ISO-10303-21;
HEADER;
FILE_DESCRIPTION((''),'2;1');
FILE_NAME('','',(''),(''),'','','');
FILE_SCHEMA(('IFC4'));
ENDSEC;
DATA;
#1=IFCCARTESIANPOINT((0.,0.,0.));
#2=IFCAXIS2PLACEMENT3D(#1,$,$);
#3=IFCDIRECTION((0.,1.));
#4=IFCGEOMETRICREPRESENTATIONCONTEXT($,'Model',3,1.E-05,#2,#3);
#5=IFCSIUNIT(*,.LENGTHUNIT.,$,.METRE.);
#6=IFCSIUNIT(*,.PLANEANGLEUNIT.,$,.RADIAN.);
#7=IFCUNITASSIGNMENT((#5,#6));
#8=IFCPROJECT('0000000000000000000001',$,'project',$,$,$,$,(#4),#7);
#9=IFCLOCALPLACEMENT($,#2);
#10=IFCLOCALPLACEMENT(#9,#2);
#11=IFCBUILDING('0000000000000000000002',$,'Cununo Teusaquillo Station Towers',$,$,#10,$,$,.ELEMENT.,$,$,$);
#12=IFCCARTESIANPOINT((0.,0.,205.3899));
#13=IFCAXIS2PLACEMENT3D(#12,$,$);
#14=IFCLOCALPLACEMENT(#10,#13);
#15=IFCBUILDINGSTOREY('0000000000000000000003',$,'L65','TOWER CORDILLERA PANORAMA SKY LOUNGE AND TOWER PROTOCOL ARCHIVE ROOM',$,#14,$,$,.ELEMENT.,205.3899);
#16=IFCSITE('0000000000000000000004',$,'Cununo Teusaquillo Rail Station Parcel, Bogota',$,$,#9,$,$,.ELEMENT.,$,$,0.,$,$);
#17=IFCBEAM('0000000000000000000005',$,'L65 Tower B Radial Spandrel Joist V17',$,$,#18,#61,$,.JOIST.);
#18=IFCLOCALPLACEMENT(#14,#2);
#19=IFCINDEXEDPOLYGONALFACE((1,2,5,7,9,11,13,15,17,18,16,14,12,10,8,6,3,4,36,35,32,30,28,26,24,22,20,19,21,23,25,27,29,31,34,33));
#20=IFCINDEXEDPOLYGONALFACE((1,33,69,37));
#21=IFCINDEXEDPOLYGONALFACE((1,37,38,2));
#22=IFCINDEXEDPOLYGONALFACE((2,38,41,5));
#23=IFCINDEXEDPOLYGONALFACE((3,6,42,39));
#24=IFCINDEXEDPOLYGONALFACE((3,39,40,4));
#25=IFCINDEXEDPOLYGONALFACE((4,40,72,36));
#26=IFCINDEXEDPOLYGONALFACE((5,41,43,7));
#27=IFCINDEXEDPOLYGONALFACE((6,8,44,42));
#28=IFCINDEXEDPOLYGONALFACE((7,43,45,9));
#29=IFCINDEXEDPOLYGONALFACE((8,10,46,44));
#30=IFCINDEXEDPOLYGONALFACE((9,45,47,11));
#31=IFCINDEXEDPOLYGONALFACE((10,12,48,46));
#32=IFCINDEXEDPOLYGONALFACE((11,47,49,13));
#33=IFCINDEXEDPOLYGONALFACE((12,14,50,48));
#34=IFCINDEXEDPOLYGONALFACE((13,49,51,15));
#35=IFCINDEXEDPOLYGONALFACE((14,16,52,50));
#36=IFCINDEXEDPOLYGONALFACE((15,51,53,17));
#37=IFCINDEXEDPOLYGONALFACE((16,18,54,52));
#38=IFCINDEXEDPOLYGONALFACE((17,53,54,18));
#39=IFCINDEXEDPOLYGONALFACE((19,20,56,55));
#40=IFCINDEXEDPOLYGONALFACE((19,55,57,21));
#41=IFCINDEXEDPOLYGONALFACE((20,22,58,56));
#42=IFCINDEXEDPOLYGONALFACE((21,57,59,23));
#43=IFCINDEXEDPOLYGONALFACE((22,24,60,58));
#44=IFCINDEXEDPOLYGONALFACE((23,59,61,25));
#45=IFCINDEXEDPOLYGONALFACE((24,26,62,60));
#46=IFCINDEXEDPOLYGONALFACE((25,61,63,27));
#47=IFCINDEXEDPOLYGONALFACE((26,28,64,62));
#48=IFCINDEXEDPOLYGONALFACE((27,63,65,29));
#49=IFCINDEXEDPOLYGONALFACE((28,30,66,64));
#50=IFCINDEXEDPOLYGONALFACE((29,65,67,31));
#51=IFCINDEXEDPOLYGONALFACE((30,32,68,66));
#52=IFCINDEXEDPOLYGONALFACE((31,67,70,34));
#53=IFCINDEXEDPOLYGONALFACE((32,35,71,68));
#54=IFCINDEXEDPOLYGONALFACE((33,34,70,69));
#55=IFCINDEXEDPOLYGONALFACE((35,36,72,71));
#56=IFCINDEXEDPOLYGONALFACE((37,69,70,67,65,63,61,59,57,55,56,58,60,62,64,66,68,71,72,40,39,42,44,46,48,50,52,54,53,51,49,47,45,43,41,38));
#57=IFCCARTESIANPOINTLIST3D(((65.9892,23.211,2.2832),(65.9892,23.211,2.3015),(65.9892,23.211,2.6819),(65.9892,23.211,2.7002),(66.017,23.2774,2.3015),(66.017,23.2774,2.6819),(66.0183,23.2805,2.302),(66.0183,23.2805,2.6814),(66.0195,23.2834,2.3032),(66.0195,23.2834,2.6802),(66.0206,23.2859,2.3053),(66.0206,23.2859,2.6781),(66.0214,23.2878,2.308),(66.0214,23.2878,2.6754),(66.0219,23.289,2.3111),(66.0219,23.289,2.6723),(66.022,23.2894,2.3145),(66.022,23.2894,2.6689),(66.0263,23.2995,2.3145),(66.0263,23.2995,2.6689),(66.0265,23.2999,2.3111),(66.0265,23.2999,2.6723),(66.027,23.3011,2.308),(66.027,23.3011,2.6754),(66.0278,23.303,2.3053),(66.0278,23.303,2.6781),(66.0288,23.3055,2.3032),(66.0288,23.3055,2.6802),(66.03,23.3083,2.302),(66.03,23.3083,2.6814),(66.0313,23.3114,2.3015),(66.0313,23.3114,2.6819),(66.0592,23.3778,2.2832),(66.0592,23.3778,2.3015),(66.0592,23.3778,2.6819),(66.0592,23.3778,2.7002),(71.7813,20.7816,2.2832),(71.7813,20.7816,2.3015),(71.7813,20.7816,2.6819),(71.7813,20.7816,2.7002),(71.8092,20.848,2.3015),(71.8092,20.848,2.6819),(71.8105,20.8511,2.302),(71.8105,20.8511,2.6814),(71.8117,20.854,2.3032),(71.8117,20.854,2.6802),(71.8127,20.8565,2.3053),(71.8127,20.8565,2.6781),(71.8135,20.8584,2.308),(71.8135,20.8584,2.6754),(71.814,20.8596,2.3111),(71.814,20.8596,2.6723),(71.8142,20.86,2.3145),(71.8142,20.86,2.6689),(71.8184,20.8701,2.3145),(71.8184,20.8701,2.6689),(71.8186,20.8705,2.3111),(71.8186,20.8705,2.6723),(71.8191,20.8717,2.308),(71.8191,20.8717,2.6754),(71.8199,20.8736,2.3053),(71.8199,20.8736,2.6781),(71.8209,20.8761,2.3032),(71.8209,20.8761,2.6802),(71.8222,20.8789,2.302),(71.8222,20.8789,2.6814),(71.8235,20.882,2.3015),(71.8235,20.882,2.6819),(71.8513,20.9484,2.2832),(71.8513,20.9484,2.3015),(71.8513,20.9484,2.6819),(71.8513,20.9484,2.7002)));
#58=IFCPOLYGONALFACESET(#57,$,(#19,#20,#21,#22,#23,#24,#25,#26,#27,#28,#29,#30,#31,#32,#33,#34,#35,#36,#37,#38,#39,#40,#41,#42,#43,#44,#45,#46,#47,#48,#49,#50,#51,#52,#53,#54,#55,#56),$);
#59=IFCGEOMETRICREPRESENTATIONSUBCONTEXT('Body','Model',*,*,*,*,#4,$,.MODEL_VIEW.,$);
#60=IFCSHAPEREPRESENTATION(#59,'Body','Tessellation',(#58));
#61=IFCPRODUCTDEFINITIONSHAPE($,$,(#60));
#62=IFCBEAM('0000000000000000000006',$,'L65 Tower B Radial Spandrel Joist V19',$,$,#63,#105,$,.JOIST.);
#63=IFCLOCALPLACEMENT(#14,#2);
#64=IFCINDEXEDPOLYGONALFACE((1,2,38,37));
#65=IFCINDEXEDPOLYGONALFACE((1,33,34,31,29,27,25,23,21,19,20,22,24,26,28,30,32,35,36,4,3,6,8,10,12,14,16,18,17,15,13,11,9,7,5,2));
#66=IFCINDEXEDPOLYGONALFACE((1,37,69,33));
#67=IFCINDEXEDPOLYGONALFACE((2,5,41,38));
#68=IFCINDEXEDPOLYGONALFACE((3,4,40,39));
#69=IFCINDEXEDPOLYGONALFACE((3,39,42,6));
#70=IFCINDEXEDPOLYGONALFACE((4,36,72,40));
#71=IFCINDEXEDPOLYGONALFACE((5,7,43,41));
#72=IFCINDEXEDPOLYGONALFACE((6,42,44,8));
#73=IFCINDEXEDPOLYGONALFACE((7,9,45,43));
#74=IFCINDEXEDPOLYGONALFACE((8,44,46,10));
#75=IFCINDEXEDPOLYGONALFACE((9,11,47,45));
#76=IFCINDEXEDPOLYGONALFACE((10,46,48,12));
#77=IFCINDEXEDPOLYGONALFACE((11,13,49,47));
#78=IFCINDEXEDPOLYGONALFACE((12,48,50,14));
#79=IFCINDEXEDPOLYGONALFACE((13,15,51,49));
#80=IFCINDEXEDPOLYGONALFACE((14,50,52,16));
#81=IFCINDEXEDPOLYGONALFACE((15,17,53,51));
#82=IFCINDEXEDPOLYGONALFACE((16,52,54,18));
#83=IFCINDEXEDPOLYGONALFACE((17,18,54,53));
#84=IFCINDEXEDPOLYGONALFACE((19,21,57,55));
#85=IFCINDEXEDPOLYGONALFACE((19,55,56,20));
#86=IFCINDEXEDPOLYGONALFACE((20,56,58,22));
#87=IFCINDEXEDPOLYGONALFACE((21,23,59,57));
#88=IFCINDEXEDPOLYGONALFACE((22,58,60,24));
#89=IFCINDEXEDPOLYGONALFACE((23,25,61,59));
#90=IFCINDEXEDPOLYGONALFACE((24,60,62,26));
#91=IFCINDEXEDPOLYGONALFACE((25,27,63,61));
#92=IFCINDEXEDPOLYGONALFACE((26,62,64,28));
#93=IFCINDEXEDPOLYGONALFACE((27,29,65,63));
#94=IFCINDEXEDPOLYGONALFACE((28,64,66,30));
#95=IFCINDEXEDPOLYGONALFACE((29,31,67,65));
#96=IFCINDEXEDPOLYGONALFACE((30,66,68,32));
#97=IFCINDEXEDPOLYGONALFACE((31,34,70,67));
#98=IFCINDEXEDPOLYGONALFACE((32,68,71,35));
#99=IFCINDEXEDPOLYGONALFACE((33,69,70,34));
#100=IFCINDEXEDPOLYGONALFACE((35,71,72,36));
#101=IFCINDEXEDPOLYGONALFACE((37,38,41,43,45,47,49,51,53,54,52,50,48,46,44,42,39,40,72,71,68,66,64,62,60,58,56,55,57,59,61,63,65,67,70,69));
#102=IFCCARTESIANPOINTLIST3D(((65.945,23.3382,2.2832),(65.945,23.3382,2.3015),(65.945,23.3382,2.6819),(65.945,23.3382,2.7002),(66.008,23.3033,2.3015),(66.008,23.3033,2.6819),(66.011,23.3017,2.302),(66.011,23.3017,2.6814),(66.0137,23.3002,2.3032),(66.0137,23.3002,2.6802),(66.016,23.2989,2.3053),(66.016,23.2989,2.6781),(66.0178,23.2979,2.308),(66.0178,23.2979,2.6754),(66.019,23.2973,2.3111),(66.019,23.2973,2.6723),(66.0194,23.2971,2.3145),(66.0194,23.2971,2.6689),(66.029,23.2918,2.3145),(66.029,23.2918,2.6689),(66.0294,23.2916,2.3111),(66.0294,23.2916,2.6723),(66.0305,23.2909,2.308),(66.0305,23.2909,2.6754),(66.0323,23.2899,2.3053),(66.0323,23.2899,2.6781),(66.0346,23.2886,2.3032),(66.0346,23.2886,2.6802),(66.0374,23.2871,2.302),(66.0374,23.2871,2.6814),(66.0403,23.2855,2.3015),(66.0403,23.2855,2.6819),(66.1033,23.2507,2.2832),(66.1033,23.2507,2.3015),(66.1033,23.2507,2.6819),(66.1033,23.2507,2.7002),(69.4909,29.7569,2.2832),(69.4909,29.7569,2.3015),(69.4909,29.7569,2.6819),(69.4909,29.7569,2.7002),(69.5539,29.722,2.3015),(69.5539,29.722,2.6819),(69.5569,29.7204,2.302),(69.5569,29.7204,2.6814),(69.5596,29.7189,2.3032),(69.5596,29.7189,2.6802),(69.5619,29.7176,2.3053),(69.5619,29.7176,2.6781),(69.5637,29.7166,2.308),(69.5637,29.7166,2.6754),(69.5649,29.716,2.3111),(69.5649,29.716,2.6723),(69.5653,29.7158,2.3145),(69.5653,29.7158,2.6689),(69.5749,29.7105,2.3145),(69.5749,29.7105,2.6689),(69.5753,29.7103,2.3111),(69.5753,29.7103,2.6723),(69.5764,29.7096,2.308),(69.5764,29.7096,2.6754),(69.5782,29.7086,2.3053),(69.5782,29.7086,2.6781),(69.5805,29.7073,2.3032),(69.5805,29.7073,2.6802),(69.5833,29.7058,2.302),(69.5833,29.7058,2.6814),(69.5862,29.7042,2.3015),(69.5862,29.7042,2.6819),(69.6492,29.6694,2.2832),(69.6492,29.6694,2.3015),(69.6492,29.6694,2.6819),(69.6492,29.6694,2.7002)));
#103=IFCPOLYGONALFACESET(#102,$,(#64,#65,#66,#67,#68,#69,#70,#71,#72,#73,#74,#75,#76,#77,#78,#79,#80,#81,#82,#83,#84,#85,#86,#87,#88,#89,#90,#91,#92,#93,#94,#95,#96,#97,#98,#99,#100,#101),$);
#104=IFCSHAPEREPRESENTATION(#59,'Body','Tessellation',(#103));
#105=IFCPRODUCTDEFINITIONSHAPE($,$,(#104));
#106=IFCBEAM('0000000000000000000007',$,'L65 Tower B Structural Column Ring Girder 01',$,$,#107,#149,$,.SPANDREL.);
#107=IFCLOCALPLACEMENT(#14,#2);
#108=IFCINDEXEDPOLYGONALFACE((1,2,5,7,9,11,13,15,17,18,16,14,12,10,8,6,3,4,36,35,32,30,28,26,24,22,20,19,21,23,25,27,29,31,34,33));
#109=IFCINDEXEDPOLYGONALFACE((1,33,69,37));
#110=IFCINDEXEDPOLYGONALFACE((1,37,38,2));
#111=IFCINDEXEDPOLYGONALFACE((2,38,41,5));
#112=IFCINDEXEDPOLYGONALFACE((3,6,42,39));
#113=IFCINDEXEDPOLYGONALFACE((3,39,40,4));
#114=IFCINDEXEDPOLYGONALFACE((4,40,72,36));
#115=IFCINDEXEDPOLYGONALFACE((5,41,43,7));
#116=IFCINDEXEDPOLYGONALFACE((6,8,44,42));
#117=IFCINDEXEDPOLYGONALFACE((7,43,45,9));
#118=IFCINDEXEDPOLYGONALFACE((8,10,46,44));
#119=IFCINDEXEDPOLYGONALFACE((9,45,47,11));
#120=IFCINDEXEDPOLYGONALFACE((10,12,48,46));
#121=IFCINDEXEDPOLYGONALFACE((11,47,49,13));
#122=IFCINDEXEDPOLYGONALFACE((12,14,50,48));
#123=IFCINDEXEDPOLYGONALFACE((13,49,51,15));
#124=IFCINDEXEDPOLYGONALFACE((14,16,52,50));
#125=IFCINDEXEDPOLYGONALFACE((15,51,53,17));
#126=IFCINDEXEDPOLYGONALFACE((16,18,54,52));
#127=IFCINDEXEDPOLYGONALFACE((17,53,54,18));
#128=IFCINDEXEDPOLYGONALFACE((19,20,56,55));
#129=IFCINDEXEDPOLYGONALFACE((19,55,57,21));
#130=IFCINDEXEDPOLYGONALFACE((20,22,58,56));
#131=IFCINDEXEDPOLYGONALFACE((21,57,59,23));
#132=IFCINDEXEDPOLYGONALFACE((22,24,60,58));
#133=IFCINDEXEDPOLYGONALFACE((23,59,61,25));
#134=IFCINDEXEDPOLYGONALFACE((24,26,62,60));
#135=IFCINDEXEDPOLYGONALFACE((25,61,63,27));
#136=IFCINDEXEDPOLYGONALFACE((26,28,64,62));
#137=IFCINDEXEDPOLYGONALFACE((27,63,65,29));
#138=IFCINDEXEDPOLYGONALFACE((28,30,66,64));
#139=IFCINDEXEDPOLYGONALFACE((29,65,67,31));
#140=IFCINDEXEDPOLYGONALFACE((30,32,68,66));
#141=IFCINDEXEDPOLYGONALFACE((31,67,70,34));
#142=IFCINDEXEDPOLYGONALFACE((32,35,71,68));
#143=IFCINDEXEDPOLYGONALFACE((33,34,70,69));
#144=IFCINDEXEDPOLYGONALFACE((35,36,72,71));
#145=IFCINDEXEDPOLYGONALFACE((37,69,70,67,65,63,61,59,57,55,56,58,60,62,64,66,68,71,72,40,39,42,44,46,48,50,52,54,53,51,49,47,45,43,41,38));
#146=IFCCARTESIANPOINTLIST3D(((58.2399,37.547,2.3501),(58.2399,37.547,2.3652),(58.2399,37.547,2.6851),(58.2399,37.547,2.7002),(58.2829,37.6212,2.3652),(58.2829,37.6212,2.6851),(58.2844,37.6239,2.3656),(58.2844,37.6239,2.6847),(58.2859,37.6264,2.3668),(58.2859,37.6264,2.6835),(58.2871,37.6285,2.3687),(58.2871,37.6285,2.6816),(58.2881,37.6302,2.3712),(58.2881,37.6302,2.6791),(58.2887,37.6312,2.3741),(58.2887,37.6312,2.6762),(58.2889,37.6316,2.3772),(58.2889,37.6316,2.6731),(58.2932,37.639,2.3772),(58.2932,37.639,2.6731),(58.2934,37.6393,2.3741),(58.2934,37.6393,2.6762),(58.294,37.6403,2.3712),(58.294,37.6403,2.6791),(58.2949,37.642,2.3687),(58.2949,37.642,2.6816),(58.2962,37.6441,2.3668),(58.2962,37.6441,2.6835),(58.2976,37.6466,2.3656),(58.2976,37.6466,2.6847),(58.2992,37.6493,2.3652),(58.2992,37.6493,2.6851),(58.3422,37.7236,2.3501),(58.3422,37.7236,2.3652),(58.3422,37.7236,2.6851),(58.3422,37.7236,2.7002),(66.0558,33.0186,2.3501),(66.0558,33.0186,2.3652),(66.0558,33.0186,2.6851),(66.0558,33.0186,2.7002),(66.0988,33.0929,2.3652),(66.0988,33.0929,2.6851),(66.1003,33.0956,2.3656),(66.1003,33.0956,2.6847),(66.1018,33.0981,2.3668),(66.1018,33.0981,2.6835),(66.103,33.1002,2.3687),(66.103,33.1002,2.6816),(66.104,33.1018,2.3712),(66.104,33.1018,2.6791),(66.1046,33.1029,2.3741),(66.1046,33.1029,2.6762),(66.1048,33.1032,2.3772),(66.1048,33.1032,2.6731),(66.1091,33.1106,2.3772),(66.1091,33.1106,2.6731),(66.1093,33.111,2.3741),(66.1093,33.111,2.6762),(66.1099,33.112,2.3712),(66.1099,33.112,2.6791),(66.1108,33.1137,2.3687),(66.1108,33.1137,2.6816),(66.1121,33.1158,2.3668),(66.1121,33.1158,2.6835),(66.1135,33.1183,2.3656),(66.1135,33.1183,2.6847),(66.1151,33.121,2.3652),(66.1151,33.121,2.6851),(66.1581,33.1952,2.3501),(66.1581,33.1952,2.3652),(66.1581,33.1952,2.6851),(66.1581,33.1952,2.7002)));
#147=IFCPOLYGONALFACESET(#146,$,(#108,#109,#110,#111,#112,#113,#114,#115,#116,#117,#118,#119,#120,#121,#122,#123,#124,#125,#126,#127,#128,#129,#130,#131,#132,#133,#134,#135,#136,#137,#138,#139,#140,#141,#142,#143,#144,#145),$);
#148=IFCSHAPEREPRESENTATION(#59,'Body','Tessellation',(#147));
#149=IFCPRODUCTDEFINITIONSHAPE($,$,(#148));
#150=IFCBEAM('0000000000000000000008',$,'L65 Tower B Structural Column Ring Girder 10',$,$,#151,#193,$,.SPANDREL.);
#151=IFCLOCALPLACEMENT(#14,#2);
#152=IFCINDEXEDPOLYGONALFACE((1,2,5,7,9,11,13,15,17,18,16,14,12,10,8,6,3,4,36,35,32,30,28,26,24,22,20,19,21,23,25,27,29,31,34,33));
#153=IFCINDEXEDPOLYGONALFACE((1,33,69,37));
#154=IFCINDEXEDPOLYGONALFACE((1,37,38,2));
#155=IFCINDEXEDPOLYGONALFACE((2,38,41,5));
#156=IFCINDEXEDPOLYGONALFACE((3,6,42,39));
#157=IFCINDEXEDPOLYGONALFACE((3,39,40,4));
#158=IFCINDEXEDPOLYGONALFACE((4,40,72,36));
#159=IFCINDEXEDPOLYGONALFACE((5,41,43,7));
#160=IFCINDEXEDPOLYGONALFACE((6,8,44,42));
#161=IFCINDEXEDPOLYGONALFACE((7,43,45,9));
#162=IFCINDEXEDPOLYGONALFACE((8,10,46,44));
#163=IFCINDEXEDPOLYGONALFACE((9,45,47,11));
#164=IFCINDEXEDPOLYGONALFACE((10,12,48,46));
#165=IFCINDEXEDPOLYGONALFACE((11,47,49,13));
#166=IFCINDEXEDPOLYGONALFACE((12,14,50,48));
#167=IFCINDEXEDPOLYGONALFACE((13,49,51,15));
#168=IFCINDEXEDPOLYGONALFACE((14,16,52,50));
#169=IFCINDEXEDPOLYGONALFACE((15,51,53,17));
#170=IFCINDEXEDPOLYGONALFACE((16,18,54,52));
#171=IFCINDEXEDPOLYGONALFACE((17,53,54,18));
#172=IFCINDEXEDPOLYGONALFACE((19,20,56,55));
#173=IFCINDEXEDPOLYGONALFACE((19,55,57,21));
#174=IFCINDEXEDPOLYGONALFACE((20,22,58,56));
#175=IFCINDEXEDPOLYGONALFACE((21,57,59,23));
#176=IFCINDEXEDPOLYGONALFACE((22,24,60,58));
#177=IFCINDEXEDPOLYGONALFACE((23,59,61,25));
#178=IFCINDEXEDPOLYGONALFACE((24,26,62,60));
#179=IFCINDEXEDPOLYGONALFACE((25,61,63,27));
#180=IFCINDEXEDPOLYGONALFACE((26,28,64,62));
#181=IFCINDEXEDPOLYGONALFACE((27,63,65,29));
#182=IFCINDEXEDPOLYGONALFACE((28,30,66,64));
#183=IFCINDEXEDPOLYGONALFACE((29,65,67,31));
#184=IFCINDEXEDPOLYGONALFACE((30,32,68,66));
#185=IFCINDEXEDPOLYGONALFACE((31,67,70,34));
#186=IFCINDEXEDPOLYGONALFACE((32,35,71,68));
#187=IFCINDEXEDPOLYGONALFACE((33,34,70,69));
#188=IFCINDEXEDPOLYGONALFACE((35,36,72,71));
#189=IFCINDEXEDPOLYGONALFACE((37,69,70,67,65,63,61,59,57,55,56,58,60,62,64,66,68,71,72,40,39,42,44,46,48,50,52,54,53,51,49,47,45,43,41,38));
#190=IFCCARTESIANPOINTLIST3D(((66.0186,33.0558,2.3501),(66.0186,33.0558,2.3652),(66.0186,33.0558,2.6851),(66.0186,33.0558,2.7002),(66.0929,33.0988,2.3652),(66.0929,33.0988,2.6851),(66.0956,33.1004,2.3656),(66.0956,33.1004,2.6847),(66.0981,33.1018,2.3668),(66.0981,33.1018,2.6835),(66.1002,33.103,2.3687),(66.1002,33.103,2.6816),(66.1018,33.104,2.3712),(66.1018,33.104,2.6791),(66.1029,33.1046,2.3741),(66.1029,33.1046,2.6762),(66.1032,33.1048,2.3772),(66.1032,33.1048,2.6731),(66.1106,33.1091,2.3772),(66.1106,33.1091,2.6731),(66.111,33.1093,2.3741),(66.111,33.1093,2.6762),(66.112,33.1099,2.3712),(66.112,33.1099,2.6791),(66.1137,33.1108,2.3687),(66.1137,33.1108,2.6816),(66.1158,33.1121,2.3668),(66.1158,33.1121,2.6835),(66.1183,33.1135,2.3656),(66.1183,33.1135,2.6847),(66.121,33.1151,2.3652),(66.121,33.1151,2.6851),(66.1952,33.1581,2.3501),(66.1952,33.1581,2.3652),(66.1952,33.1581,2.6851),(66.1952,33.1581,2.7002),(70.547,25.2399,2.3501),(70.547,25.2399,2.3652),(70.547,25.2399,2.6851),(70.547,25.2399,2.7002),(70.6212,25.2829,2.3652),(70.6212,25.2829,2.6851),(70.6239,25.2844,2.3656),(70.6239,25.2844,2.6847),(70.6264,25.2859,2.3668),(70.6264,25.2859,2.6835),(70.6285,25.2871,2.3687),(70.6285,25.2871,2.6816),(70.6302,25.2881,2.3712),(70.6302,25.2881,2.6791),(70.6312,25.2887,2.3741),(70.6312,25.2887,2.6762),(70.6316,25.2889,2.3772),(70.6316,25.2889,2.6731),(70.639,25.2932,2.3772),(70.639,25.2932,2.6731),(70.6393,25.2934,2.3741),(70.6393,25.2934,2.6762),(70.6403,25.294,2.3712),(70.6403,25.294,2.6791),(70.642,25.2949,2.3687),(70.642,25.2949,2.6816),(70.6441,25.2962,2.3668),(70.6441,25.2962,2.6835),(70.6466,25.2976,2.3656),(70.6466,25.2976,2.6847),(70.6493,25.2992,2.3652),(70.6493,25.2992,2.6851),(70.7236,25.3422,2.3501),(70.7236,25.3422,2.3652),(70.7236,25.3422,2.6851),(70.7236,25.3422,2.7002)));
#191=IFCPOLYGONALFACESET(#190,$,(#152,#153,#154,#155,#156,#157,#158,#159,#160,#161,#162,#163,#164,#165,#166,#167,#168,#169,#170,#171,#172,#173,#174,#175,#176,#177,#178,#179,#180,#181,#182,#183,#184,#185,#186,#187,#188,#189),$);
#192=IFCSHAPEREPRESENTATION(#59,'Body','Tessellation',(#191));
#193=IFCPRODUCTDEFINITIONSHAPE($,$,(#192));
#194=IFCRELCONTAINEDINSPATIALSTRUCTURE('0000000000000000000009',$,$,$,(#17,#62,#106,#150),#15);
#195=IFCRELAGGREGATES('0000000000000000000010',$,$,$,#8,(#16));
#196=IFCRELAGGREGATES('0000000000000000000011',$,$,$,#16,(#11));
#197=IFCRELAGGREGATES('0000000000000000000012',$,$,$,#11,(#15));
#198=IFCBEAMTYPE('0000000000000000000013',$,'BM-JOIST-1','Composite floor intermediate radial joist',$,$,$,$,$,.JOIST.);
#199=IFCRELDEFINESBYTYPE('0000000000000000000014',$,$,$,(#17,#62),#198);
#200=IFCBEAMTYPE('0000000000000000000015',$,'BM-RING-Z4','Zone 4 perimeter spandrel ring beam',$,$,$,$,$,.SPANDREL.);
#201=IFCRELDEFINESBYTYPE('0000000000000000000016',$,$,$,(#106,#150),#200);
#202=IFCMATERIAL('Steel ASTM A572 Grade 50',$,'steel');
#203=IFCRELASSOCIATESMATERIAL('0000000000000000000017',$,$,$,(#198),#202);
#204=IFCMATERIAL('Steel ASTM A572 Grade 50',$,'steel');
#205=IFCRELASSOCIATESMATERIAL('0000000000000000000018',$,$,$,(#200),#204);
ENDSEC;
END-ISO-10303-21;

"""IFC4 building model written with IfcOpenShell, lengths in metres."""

from ifc_helpers import new_model, si_unit, direction, frame, origin, origin_2d, place, context, subcontext, project, spatial, i_section, extrude, material, material_profile, profile_set, type_object, element, save


model = new_model("IFC4")

# Units and contexts
model_context = context("Model", 3, precision=1e-05, world=origin(), true_north=direction((0.0, 1.0)))
body_context = subcontext(model_context, "Body", "Model", "MODEL_VIEW")
ifc_project = project(units=[si_unit("LENGTHUNIT", "METRE"), si_unit("PLANEANGLEUNIT", "RADIAN")], contexts=[model_context])

# Site, building, storey
site_placement = place(None, origin())
site = spatial("IfcSite", under=ifc_project, at=site_placement, Name="Cununo Teusaquillo Rail Station Parcel, Bogota", CompositionType="ELEMENT", RefElevation=0.0)
building_placement = place(site_placement, origin())
building = spatial("IfcBuilding", under=site, at=building_placement, Name="Cununo Teusaquillo Station Towers", CompositionType="ELEMENT")
storey_placement = place(building_placement, frame((0.0, 0.0, 205.3899)))
storey = spatial("IfcBuildingStorey", under=building, at=storey_placement, Name="L65", Description="TOWER CORDILLERA PANORAMA SKY LOUNGE AND TOWER PROTOCOL ARCHIVE ROOM", CompositionType="ELEMENT", Elevation=205.3899)

# Beams
ifc_material_1 = material(Name="Steel ASTM A572 Grade 50", Category="steel")
ifc_material_profile_1 = material_profile(ifc_material_1, i_section(OverallWidth=0.1809, OverallDepth=0.417, WebThickness=0.011, FlangeThickness=0.0183, FilletRadius=0.0129, at=origin_2d()), Name="W16X57")
ifc_profile_set_1 = profile_set([ifc_material_profile_1], Name="Steel ASTM A572 Grade 50")
beam_type_1 = type_object("IfcBeamType", Name="BM-JOIST-1", Description="Composite floor intermediate radial joist", PredefinedType="JOIST", material=ifc_profile_set_1)
beam_1_placement = place(storey_placement, frame((66.0242, 23.2944, 2.4917), z_axis=(0.922169, -0.386786, 0.0), x_axis=(0.386786, 0.922169, 0.0)))
element("IfcBeam", 1, at=beam_1_placement, inside=storey, type_object=beam_type_1, Name="L65 Tower B Radial Spandrel Joist V17", PredefinedType="JOIST", context=body_context, shape_type="SweptSolid", body=[
    extrude(i_section(OverallWidth=0.1809, OverallDepth=0.417, WebThickness=0.011, FlangeThickness=0.0183, FilletRadius=0.0129, at=origin_2d()), origin(), (0.0, 0.0, 1.0), 6.281),
])
beam_2_placement = place(storey_placement, frame((66.0242, 23.2944, 2.4917), z_axis=(0.483553, 0.875315, 0.0), x_axis=(-0.875315, 0.483553, 0.0)))
element("IfcBeam", 2, at=beam_2_placement, inside=storey, type_object=beam_type_1, Name="L65 Tower B Radial Spandrel Joist V19", PredefinedType="JOIST", context=body_context, shape_type="SweptSolid", body=[
    extrude(i_section(OverallWidth=0.1809, OverallDepth=0.417, WebThickness=0.011, FlangeThickness=0.0183, FilletRadius=0.0129, at=origin_2d()), origin(), (0.0, 0.0, 1.0), 7.333),
])
ifc_material_2 = material(Name="Steel ASTM A572 Grade 50", Category="steel")
ifc_material_profile_2 = material_profile(ifc_material_2, i_section(OverallWidth=0.2041, OverallDepth=0.3501, WebThickness=0.0085, FlangeThickness=0.0151, FilletRadius=0.012, at=origin_2d()), Name="W14X48")
ifc_profile_set_2 = profile_set([ifc_material_profile_2], Name="Steel ASTM A572 Grade 50")
beam_type_2 = type_object("IfcBeamType", Name="BM-RING-Z4", Description="Zone 4 perimeter spandrel ring beam", PredefinedType="SPANDREL", material=ifc_profile_set_2)
for number, where, z_axis, x_axis, name in (
    (3, (66.1069, 33.1069, 2.5251), (-0.865267, 0.501311, 0.0), (-0.501311, -0.865267, 0.0), "L65 Tower B Structural Column Ring Girder 01"),
    (4, (70.6353, 25.291, 2.5251), (-0.501311, 0.865267, 0.0), (-0.865267, -0.501311, 0.0), "L65 Tower B Structural Column Ring Girder 10"),
):
    element("IfcBeam", number, at=place(storey_placement, frame(where, z_axis=z_axis, x_axis=x_axis)), inside=storey, type_object=beam_type_2, Name=name, PredefinedType="SPANDREL", context=body_context, shape_type="SweptSolid", body=[
        extrude(i_section(OverallWidth=0.2041, OverallDepth=0.3501, WebThickness=0.0085, FlangeThickness=0.0151, FilletRadius=0.012, at=origin_2d()), origin(), (0.0, 0.0, 1.0), 9.033),
    ])

save(model, "model.ifc")
